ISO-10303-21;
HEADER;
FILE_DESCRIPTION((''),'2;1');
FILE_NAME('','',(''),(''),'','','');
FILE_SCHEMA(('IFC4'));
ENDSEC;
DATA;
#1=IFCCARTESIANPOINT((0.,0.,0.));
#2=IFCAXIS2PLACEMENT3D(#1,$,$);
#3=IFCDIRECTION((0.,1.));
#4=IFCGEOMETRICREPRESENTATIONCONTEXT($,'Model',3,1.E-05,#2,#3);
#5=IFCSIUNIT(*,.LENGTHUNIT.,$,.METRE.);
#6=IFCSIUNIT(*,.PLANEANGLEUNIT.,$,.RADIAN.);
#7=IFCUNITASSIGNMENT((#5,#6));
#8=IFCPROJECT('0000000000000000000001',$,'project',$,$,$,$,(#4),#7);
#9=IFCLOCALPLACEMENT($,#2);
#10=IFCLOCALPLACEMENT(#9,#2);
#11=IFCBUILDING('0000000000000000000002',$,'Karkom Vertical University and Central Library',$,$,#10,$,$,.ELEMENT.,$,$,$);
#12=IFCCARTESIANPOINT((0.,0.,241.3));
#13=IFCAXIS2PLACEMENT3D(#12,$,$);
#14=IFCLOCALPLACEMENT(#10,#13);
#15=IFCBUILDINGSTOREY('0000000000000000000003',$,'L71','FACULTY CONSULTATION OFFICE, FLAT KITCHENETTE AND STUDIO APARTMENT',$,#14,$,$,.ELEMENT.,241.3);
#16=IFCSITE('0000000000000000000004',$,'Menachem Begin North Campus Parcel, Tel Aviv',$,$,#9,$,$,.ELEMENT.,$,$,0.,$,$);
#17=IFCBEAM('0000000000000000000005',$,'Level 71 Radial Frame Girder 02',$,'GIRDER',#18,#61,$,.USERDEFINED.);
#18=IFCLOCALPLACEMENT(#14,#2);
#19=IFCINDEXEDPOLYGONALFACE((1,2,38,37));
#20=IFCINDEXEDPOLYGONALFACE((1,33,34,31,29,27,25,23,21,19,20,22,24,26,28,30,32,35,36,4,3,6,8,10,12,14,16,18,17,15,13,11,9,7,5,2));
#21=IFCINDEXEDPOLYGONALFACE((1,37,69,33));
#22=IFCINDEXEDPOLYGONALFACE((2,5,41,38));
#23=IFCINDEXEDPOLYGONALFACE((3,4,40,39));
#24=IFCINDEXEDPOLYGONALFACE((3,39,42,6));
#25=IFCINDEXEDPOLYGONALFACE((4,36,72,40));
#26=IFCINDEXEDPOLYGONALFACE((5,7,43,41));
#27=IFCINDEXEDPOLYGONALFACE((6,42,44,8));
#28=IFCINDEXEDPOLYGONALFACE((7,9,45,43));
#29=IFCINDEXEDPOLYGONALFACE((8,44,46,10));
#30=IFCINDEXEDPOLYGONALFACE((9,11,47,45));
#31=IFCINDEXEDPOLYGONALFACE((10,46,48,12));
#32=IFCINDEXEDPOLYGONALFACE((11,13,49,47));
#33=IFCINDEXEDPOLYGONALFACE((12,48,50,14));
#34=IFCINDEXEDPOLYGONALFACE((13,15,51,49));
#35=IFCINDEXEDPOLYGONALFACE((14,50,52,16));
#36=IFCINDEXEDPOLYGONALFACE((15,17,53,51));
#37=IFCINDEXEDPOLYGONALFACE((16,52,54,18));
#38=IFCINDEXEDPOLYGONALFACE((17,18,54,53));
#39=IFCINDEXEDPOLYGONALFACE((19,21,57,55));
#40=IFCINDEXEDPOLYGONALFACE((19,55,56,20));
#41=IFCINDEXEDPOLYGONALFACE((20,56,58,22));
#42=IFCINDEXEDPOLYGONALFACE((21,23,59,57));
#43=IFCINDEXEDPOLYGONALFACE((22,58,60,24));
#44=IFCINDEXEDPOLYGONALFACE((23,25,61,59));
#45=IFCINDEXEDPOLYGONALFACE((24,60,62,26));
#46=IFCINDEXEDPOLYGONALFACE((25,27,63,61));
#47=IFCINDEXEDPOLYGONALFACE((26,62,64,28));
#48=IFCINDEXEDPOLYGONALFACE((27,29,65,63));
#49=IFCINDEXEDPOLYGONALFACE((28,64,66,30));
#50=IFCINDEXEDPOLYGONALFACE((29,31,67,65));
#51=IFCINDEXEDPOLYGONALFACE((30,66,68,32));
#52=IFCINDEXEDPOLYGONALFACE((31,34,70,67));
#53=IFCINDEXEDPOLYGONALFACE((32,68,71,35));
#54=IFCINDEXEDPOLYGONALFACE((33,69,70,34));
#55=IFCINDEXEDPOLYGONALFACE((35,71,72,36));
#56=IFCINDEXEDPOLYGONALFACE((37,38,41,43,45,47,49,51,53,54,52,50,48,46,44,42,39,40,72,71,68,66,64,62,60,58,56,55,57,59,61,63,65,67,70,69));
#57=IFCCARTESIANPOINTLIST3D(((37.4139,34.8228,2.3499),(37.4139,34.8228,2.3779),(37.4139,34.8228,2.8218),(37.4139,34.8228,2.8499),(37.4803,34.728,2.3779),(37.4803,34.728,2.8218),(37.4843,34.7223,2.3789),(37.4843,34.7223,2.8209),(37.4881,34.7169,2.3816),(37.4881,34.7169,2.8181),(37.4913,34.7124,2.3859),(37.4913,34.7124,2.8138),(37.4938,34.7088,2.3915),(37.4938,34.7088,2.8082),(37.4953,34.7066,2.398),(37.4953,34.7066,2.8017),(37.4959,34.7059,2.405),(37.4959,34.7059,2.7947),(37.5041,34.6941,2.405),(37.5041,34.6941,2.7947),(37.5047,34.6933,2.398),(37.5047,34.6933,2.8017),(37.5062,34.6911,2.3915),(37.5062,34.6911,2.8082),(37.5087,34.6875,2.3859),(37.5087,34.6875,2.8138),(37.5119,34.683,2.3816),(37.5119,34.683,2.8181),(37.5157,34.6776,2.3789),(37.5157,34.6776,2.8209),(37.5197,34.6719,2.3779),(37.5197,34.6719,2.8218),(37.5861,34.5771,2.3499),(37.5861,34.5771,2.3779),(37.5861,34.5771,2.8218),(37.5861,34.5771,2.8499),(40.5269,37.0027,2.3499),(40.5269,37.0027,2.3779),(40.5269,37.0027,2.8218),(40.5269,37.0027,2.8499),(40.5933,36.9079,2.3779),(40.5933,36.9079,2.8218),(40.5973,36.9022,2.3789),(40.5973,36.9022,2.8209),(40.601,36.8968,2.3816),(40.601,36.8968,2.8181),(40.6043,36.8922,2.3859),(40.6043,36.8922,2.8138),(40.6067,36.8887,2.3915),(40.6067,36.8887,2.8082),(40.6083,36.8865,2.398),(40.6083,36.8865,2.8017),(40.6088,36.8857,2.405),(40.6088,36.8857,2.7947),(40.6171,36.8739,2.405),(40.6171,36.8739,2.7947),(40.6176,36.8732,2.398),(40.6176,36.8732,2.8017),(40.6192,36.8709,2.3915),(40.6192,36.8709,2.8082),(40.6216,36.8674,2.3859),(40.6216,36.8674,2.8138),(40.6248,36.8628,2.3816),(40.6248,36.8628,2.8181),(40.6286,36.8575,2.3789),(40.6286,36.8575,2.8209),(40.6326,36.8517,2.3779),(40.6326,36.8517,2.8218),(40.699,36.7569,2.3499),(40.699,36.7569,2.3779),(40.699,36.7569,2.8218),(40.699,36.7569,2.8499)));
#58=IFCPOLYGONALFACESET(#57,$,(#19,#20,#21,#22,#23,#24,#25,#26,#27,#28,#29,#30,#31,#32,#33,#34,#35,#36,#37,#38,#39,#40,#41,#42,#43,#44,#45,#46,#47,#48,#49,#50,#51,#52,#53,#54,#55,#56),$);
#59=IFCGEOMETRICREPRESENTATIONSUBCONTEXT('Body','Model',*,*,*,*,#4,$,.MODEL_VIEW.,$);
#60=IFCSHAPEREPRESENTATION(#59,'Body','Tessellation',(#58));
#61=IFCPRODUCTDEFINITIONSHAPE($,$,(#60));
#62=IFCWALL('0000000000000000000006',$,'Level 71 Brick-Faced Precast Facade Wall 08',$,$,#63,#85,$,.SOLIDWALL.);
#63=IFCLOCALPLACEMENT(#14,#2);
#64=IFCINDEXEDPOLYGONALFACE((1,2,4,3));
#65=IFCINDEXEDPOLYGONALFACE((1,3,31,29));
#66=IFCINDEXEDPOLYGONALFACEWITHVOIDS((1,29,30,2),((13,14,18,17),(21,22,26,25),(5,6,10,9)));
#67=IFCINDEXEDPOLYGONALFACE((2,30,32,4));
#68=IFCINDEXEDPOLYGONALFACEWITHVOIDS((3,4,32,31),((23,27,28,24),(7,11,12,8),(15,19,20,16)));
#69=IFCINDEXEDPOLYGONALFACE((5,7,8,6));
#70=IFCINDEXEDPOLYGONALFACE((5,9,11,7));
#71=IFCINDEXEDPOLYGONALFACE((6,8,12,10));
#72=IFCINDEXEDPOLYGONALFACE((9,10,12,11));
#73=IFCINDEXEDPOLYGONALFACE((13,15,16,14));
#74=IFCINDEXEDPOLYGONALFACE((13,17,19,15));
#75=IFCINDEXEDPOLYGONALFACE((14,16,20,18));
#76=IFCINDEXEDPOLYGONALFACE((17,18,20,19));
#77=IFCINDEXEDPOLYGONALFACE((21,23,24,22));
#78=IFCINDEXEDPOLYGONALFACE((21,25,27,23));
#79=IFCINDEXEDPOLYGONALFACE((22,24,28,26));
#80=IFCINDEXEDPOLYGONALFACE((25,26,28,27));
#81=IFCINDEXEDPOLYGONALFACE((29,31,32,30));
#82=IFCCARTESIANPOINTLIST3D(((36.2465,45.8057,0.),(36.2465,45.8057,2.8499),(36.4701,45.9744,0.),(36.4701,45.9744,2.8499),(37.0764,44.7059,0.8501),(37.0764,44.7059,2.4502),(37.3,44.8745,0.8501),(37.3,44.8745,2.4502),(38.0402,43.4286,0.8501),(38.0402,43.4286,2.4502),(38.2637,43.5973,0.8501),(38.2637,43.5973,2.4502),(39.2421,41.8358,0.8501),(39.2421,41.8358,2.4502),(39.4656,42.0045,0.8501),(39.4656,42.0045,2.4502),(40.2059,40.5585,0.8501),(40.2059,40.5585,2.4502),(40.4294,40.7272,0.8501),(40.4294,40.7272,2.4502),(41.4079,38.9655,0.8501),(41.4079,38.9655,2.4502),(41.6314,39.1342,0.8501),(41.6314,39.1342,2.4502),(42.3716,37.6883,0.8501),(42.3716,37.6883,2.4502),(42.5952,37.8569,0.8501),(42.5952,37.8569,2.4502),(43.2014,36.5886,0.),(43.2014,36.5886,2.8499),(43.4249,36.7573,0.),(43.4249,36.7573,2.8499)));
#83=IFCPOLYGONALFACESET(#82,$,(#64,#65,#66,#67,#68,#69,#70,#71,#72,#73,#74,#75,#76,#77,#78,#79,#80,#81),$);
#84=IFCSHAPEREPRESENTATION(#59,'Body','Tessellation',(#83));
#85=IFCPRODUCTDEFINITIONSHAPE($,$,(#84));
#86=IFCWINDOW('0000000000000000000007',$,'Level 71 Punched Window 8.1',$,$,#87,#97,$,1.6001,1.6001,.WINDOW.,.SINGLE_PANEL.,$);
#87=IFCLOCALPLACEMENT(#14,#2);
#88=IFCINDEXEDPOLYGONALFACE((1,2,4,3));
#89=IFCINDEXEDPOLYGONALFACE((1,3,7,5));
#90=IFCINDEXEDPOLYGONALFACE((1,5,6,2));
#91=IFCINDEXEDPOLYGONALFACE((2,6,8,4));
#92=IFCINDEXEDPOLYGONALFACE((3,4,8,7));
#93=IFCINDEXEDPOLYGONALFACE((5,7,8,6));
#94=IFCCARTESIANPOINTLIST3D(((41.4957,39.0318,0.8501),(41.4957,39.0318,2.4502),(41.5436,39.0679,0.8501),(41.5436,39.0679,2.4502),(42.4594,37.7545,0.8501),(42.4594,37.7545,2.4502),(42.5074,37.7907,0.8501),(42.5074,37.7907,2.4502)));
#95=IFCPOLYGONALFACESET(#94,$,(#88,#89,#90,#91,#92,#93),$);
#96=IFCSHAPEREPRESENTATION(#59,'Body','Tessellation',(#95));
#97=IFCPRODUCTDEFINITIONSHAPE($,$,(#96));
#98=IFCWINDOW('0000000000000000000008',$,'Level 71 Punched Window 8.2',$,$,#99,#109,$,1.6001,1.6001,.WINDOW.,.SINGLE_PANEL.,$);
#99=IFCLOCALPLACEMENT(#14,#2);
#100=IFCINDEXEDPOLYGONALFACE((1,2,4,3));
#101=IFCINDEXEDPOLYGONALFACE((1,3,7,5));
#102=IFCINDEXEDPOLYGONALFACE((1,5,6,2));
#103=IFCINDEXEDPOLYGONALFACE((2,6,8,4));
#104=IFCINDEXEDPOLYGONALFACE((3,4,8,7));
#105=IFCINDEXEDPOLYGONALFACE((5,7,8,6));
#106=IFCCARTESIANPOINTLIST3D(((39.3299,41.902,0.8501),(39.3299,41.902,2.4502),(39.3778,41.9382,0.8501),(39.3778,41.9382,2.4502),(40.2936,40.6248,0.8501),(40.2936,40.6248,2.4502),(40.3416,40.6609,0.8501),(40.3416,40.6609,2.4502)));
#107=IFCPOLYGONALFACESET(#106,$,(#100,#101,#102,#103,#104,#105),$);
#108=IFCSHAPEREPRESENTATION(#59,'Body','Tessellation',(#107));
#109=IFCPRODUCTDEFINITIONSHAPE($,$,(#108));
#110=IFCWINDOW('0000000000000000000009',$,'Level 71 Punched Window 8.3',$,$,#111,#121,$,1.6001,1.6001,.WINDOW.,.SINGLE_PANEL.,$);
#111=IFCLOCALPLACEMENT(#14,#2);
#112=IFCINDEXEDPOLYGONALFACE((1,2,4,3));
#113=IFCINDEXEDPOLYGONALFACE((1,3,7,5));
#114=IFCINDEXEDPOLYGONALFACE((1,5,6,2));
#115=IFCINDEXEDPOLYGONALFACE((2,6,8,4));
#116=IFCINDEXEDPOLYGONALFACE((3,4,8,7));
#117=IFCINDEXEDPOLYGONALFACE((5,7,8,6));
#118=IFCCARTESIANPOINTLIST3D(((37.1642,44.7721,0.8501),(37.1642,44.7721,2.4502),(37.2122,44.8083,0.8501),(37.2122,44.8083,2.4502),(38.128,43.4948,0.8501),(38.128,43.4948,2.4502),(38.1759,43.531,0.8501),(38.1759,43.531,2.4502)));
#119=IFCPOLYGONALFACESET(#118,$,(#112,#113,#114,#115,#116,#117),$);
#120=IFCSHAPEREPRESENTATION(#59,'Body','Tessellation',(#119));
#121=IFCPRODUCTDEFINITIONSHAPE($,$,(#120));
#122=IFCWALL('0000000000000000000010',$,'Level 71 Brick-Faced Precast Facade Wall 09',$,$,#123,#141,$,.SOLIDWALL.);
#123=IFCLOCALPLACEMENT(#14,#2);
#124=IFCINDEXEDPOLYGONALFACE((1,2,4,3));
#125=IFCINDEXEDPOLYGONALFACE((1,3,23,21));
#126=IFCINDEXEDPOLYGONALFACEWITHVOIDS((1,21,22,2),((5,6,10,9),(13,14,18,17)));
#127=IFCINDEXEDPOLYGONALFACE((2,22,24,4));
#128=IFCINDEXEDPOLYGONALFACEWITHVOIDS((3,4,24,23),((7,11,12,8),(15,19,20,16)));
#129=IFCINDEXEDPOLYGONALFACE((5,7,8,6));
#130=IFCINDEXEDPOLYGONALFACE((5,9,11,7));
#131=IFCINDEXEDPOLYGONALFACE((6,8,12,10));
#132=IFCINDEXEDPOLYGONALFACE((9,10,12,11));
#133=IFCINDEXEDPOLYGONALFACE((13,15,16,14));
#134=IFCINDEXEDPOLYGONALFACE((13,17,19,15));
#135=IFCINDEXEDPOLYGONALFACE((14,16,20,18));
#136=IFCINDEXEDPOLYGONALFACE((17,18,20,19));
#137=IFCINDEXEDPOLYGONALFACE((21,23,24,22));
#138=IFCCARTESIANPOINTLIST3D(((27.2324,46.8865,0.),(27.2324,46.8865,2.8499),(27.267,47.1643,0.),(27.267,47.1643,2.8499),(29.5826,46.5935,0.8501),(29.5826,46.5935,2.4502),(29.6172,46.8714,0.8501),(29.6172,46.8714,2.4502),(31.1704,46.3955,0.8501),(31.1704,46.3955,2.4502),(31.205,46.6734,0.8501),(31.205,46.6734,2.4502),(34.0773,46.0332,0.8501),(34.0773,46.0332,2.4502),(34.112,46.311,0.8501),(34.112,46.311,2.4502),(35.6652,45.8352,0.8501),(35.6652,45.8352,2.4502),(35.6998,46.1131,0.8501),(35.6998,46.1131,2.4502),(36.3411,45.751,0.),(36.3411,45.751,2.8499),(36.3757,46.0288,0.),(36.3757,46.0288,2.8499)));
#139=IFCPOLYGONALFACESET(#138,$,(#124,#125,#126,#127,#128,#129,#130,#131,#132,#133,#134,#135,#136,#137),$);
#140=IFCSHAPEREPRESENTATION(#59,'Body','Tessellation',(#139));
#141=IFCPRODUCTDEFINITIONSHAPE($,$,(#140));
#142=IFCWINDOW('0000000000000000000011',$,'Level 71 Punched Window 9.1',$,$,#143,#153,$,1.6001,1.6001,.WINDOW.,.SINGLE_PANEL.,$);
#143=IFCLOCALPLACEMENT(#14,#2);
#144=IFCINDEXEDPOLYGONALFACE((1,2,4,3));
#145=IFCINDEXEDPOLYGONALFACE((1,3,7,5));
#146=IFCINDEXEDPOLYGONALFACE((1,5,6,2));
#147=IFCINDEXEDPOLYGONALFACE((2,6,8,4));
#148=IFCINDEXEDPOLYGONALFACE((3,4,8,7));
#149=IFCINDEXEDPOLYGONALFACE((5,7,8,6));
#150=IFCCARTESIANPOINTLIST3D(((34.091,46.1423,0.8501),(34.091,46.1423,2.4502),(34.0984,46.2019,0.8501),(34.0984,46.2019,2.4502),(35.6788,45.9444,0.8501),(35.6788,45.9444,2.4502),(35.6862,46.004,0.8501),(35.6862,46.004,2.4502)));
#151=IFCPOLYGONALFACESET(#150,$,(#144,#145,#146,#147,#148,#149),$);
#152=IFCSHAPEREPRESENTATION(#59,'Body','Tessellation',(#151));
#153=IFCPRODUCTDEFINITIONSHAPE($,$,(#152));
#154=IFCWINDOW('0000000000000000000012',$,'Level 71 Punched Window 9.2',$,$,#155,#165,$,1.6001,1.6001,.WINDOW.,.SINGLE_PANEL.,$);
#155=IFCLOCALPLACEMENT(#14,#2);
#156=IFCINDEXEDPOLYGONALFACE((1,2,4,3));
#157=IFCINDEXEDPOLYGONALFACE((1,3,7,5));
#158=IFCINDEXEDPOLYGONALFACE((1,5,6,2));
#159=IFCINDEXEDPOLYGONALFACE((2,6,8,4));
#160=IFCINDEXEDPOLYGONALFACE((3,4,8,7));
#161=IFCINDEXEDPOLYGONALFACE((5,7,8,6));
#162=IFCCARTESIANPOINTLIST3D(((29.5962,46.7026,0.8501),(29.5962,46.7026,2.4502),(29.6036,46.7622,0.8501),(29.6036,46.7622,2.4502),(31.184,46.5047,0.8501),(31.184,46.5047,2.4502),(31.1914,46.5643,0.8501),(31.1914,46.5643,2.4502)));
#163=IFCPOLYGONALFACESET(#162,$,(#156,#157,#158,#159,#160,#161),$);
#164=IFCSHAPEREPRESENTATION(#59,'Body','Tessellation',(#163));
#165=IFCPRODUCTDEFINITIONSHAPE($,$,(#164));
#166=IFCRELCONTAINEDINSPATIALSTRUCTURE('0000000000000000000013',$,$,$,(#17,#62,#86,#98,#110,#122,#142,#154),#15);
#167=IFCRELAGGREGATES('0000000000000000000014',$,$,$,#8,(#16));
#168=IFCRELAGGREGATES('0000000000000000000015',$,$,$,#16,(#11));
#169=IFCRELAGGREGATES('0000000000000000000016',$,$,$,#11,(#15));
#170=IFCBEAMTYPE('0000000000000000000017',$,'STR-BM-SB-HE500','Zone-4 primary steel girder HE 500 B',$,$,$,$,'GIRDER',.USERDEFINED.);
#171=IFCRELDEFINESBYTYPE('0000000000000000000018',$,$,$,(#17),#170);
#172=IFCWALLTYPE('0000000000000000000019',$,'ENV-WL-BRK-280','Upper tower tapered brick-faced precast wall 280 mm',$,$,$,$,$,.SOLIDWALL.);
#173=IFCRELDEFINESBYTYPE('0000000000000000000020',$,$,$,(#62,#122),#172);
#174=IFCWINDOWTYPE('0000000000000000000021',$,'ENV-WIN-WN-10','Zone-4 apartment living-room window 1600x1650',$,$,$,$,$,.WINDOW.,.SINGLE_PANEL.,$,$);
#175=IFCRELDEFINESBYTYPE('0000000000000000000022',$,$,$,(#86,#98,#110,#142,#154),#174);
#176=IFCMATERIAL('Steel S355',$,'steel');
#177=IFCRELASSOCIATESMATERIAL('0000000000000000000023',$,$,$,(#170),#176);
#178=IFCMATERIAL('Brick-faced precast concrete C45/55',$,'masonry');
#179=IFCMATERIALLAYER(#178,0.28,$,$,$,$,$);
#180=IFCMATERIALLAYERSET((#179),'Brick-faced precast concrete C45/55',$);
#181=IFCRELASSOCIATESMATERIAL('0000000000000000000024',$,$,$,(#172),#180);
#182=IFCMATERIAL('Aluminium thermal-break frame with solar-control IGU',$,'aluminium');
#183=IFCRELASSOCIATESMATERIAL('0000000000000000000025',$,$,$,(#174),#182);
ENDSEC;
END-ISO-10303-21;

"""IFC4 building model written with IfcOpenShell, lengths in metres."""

from ifc_helpers import new_model, si_unit, direction, frame, frame_2d, origin, origin_with_axes, origin_2d, place, context, subcontext, project, spatial, rectangle, i_section, extrude, source, transform, mapped, material, layer, layer_set, material_profile, profile_set, type_object, element, fill, save


model = new_model("IFC4")

# Units and contexts
model_context = context("Model", 3, precision=1e-05, world=origin(), true_north=direction((0.0, 1.0)))
body_context = subcontext(model_context, "Body", "Model", "MODEL_VIEW")
ifc_project = project(units=[si_unit("LENGTHUNIT", "METRE"), si_unit("PLANEANGLEUNIT", "RADIAN")], contexts=[model_context])

# Site, building, storey
site_placement = place(None, origin())
site = spatial("IfcSite", under=ifc_project, at=site_placement, Name="Menachem Begin North Campus Parcel, Tel Aviv", CompositionType="ELEMENT", RefElevation=0.0)
building_placement = place(site_placement, origin())
building = spatial("IfcBuilding", under=site, at=building_placement, Name="Karkom Vertical University and Central Library", CompositionType="ELEMENT")
storey_placement = place(building_placement, frame((0.0, 0.0, 241.3)))
storey = spatial("IfcBuildingStorey", under=building, at=storey_placement, Name="L71", Description="FACULTY CONSULTATION OFFICE, FLAT KITCHENETTE AND STUDIO APARTMENT", CompositionType="ELEMENT", Elevation=241.3)

# Beam
ifc_material_1 = material(Name="Steel S355", Category="steel")
ifc_material_profile_1 = material_profile(ifc_material_1, i_section(OverallWidth=0.3, OverallDepth=0.5, WebThickness=0.0144, FlangeThickness=0.0281, FilletRadius=0.0271, at=origin_2d()), Name="HE 500 B")
ifc_profile_set_1 = profile_set([ifc_material_profile_1], Name="Steel S355")
beam_type_1 = type_object("IfcBeamType", Name="STR-BM-SB-HE500", Description="Zone-4 primary steel girder HE 500 B", ElementType="GIRDER", PredefinedType="USERDEFINED", material=ifc_profile_set_1)
shared_shape_1 = source(origin_with_axes(), body_context, "Body", "SweptSolid", [
    extrude(i_section(OverallWidth=0.3, OverallDepth=0.5, WebThickness=0.0144, FlangeThickness=0.0281, FilletRadius=0.0271, at=origin_2d()), origin(), (0.0, 0.0, 1.0), 3.8003),
])
beam_1_placement = place(storey_placement, frame((37.5, 34.7, 2.5999), z_axis=(0.819132, 0.573605, 0.0), x_axis=(-0.573605, 0.819132, 0.0)))
element("IfcBeam", 1, at=beam_1_placement, inside=storey, type_object=beam_type_1, Name="Level 71 Radial Frame Girder 02", ObjectType="GIRDER", PredefinedType="USERDEFINED", context=body_context, shape_type="MappedRepresentation", body=[
    mapped(shared_shape_1, transform((0.0, 0.0, 0.0), scale=1.0)),
])

# Walls, openings, windows
ifc_material_2 = material(Name="Brick-faced precast concrete C45/55", Category="masonry")
ifc_layer_1 = layer(ifc_material_2, 0.28)
ifc_layer_set_1 = layer_set([ifc_layer_1], Name="Brick-faced precast concrete C45/55")
wall_type_1 = type_object("IfcWallType", Name="ENV-WL-BRK-280", Description="Upper tower tapered brick-faced precast wall 280 mm", PredefinedType="SOLIDWALL", material=ifc_layer_set_1)
wall_1_placement = place(storey_placement, frame((43.3132, 36.6729, 0.0), z_axis=(0.0, 0.0, 1.0), x_axis=(-0.602328, 0.798248, 0.0)))
wall_1 = element("IfcWall", 2, at=wall_1_placement, inside=storey, type_object=wall_type_1, Name="Level 71 Brick-Faced Precast Facade Wall 08", PredefinedType="SOLIDWALL", context=body_context, shape_type="SweptSolid", body=[
    extrude(rectangle(XDim=11.5466, YDim=0.28, at=frame_2d((5.7734, 0.0))), origin(), (0.0, 0.0, 1.0), 2.8499),
])
opening_1_placement = place(wall_1_placement, frame((1.3777, 0.0, 0.8501)))
opening_1 = element("IfcOpeningElement", 3, at=opening_1_placement, cuts=wall_1, PredefinedType="OPENING", context=body_context, shape_type="SweptSolid", body=[
    extrude(rectangle(XDim=1.6001, YDim=1.6001, at=frame_2d((0.8, 0.8))), frame((0.0, 0.1499, 0.0), z_axis=(0.0, -1.0, 0.0), x_axis=(1.0, 0.0, 0.0)), (0.0, 0.0, 1.0), 0.3),
])
opening_2_placement = place(wall_1_placement, frame((4.9734, 0.0, 0.8501)))
opening_2 = element("IfcOpeningElement", 4, at=opening_2_placement, cuts=wall_1, PredefinedType="OPENING", context=body_context, shape_type="SweptSolid", body=[
    extrude(rectangle(XDim=1.6001, YDim=1.6001, at=frame_2d((0.8, 0.8))), frame((0.0, 0.1499, 0.0), z_axis=(0.0, -1.0, 0.0), x_axis=(1.0, 0.0, 0.0)), (0.0, 0.0, 1.0), 0.3),
])
opening_3_placement = place(wall_1_placement, frame((8.5688, 0.0, 0.8501)))
opening_3 = element("IfcOpeningElement", 5, at=opening_3_placement, cuts=wall_1, PredefinedType="OPENING", context=body_context, shape_type="SweptSolid", body=[
    extrude(rectangle(XDim=1.6001, YDim=1.6001, at=frame_2d((0.8, 0.8))), frame((0.0, 0.1499, 0.0), z_axis=(0.0, -1.0, 0.0), x_axis=(1.0, 0.0, 0.0)), (0.0, 0.0, 1.0), 0.3),
])
ifc_material_3 = material(Name="Aluminium thermal-break frame with solar-control IGU", Category="aluminium")
window_type = type_object("IfcWindowType", Name="ENV-WIN-WN-10", Description="Zone-4 apartment living-room window 1600x1650", PartitioningType="SINGLE_PANEL", PredefinedType="WINDOW", material=ifc_material_3)
shared_shape_2 = source(origin_with_axes(), body_context, "Body", "SweptSolid", [
    extrude(rectangle(XDim=1.6001, YDim=1.6001, at=frame_2d((0.8, 0.8))), frame((0.0, 0.03, 0.0), z_axis=(0.0, -1.0, 0.0), x_axis=(1.0, 0.0, 0.0)), (0.0, 0.0, 1.0), 0.0601),
])
window_1_placement = place(opening_1_placement, origin())
window_1 = element("IfcWindow", 6, at=window_1_placement, inside=storey, type_object=window_type, Name="Level 71 Punched Window 8.1", OverallHeight=1.6001, OverallWidth=1.6001, PartitioningType="SINGLE_PANEL", PredefinedType="WINDOW", context=body_context, shape_type="MappedRepresentation", body=[
    mapped(shared_shape_2, transform((0.0, 0.0, 0.0), scale=1.0)),
])
fill(opening_1, window_1)
window_2_placement = place(opening_2_placement, origin())
window_2 = element("IfcWindow", 7, at=window_2_placement, inside=storey, type_object=window_type, Name="Level 71 Punched Window 8.2", OverallHeight=1.6001, OverallWidth=1.6001, PartitioningType="SINGLE_PANEL", PredefinedType="WINDOW", context=body_context, shape_type="MappedRepresentation", body=[
    mapped(shared_shape_2, transform((0.0, 0.0, 0.0), scale=1.0)),
])
fill(opening_2, window_2)
window_3_placement = place(opening_3_placement, origin())
window_3 = element("IfcWindow", 8, at=window_3_placement, inside=storey, type_object=window_type, Name="Level 71 Punched Window 8.3", OverallHeight=1.6001, OverallWidth=1.6001, PartitioningType="SINGLE_PANEL", PredefinedType="WINDOW", context=body_context, shape_type="MappedRepresentation", body=[
    mapped(shared_shape_2, transform((0.0, 0.0, 0.0), scale=1.0)),
])
fill(opening_3, window_3)
wall_2_placement = place(storey_placement, frame((36.3584, 45.8899, 0.0), z_axis=(0.0, 0.0, 1.0), x_axis=(-0.992319, 0.123704, 0.0)))
wall_2 = element("IfcWall", 9, at=wall_2_placement, inside=storey, type_object=wall_type_1, Name="Level 71 Brick-Faced Precast Facade Wall 09", PredefinedType="SOLIDWALL", context=body_context, shape_type="SweptSolid", body=[
    extrude(rectangle(XDim=9.1792, YDim=0.28, at=frame_2d((4.5896, 0.0))), origin(), (0.0, 0.0, 1.0), 2.8499),
])
opening_4_placement = place(wall_2_placement, frame((0.6812, 0.0, 0.8501)))
opening_4 = element("IfcOpeningElement", 10, at=opening_4_placement, cuts=wall_2, PredefinedType="OPENING", context=body_context, shape_type="SweptSolid", body=[
    extrude(rectangle(XDim=1.6001, YDim=1.6001, at=frame_2d((0.8, 0.8))), frame((0.0, 0.1499, 0.0), z_axis=(0.0, -1.0, 0.0), x_axis=(1.0, 0.0, 0.0)), (0.0, 0.0, 1.0), 0.3),
])
opening_5_placement = place(wall_2_placement, frame((5.2107, 0.0, 0.8501)))
opening_5 = element("IfcOpeningElement", 11, at=opening_5_placement, cuts=wall_2, PredefinedType="OPENING", context=body_context, shape_type="SweptSolid", body=[
    extrude(rectangle(XDim=1.6001, YDim=1.6001, at=frame_2d((0.8, 0.8))), frame((0.0, 0.1499, 0.0), z_axis=(0.0, -1.0, 0.0), x_axis=(1.0, 0.0, 0.0)), (0.0, 0.0, 1.0), 0.3),
])
window_4_placement = place(opening_4_placement, origin())
window_4 = element("IfcWindow", 12, at=window_4_placement, inside=storey, type_object=window_type, Name="Level 71 Punched Window 9.1", OverallHeight=1.6001, OverallWidth=1.6001, PartitioningType="SINGLE_PANEL", PredefinedType="WINDOW", context=body_context, shape_type="MappedRepresentation", body=[
    mapped(shared_shape_2, transform((0.0, 0.0, 0.0), scale=1.0)),
])
fill(opening_4, window_4)
window_5_placement = place(opening_5_placement, origin())
window_5 = element("IfcWindow", 13, at=window_5_placement, inside=storey, type_object=window_type, Name="Level 71 Punched Window 9.2", OverallHeight=1.6001, OverallWidth=1.6001, PartitioningType="SINGLE_PANEL", PredefinedType="WINDOW", context=body_context, shape_type="MappedRepresentation", body=[
    mapped(shared_shape_2, transform((0.0, 0.0, 0.0), scale=1.0)),
])
fill(opening_5, window_5)

save(model, "model.ifc")
